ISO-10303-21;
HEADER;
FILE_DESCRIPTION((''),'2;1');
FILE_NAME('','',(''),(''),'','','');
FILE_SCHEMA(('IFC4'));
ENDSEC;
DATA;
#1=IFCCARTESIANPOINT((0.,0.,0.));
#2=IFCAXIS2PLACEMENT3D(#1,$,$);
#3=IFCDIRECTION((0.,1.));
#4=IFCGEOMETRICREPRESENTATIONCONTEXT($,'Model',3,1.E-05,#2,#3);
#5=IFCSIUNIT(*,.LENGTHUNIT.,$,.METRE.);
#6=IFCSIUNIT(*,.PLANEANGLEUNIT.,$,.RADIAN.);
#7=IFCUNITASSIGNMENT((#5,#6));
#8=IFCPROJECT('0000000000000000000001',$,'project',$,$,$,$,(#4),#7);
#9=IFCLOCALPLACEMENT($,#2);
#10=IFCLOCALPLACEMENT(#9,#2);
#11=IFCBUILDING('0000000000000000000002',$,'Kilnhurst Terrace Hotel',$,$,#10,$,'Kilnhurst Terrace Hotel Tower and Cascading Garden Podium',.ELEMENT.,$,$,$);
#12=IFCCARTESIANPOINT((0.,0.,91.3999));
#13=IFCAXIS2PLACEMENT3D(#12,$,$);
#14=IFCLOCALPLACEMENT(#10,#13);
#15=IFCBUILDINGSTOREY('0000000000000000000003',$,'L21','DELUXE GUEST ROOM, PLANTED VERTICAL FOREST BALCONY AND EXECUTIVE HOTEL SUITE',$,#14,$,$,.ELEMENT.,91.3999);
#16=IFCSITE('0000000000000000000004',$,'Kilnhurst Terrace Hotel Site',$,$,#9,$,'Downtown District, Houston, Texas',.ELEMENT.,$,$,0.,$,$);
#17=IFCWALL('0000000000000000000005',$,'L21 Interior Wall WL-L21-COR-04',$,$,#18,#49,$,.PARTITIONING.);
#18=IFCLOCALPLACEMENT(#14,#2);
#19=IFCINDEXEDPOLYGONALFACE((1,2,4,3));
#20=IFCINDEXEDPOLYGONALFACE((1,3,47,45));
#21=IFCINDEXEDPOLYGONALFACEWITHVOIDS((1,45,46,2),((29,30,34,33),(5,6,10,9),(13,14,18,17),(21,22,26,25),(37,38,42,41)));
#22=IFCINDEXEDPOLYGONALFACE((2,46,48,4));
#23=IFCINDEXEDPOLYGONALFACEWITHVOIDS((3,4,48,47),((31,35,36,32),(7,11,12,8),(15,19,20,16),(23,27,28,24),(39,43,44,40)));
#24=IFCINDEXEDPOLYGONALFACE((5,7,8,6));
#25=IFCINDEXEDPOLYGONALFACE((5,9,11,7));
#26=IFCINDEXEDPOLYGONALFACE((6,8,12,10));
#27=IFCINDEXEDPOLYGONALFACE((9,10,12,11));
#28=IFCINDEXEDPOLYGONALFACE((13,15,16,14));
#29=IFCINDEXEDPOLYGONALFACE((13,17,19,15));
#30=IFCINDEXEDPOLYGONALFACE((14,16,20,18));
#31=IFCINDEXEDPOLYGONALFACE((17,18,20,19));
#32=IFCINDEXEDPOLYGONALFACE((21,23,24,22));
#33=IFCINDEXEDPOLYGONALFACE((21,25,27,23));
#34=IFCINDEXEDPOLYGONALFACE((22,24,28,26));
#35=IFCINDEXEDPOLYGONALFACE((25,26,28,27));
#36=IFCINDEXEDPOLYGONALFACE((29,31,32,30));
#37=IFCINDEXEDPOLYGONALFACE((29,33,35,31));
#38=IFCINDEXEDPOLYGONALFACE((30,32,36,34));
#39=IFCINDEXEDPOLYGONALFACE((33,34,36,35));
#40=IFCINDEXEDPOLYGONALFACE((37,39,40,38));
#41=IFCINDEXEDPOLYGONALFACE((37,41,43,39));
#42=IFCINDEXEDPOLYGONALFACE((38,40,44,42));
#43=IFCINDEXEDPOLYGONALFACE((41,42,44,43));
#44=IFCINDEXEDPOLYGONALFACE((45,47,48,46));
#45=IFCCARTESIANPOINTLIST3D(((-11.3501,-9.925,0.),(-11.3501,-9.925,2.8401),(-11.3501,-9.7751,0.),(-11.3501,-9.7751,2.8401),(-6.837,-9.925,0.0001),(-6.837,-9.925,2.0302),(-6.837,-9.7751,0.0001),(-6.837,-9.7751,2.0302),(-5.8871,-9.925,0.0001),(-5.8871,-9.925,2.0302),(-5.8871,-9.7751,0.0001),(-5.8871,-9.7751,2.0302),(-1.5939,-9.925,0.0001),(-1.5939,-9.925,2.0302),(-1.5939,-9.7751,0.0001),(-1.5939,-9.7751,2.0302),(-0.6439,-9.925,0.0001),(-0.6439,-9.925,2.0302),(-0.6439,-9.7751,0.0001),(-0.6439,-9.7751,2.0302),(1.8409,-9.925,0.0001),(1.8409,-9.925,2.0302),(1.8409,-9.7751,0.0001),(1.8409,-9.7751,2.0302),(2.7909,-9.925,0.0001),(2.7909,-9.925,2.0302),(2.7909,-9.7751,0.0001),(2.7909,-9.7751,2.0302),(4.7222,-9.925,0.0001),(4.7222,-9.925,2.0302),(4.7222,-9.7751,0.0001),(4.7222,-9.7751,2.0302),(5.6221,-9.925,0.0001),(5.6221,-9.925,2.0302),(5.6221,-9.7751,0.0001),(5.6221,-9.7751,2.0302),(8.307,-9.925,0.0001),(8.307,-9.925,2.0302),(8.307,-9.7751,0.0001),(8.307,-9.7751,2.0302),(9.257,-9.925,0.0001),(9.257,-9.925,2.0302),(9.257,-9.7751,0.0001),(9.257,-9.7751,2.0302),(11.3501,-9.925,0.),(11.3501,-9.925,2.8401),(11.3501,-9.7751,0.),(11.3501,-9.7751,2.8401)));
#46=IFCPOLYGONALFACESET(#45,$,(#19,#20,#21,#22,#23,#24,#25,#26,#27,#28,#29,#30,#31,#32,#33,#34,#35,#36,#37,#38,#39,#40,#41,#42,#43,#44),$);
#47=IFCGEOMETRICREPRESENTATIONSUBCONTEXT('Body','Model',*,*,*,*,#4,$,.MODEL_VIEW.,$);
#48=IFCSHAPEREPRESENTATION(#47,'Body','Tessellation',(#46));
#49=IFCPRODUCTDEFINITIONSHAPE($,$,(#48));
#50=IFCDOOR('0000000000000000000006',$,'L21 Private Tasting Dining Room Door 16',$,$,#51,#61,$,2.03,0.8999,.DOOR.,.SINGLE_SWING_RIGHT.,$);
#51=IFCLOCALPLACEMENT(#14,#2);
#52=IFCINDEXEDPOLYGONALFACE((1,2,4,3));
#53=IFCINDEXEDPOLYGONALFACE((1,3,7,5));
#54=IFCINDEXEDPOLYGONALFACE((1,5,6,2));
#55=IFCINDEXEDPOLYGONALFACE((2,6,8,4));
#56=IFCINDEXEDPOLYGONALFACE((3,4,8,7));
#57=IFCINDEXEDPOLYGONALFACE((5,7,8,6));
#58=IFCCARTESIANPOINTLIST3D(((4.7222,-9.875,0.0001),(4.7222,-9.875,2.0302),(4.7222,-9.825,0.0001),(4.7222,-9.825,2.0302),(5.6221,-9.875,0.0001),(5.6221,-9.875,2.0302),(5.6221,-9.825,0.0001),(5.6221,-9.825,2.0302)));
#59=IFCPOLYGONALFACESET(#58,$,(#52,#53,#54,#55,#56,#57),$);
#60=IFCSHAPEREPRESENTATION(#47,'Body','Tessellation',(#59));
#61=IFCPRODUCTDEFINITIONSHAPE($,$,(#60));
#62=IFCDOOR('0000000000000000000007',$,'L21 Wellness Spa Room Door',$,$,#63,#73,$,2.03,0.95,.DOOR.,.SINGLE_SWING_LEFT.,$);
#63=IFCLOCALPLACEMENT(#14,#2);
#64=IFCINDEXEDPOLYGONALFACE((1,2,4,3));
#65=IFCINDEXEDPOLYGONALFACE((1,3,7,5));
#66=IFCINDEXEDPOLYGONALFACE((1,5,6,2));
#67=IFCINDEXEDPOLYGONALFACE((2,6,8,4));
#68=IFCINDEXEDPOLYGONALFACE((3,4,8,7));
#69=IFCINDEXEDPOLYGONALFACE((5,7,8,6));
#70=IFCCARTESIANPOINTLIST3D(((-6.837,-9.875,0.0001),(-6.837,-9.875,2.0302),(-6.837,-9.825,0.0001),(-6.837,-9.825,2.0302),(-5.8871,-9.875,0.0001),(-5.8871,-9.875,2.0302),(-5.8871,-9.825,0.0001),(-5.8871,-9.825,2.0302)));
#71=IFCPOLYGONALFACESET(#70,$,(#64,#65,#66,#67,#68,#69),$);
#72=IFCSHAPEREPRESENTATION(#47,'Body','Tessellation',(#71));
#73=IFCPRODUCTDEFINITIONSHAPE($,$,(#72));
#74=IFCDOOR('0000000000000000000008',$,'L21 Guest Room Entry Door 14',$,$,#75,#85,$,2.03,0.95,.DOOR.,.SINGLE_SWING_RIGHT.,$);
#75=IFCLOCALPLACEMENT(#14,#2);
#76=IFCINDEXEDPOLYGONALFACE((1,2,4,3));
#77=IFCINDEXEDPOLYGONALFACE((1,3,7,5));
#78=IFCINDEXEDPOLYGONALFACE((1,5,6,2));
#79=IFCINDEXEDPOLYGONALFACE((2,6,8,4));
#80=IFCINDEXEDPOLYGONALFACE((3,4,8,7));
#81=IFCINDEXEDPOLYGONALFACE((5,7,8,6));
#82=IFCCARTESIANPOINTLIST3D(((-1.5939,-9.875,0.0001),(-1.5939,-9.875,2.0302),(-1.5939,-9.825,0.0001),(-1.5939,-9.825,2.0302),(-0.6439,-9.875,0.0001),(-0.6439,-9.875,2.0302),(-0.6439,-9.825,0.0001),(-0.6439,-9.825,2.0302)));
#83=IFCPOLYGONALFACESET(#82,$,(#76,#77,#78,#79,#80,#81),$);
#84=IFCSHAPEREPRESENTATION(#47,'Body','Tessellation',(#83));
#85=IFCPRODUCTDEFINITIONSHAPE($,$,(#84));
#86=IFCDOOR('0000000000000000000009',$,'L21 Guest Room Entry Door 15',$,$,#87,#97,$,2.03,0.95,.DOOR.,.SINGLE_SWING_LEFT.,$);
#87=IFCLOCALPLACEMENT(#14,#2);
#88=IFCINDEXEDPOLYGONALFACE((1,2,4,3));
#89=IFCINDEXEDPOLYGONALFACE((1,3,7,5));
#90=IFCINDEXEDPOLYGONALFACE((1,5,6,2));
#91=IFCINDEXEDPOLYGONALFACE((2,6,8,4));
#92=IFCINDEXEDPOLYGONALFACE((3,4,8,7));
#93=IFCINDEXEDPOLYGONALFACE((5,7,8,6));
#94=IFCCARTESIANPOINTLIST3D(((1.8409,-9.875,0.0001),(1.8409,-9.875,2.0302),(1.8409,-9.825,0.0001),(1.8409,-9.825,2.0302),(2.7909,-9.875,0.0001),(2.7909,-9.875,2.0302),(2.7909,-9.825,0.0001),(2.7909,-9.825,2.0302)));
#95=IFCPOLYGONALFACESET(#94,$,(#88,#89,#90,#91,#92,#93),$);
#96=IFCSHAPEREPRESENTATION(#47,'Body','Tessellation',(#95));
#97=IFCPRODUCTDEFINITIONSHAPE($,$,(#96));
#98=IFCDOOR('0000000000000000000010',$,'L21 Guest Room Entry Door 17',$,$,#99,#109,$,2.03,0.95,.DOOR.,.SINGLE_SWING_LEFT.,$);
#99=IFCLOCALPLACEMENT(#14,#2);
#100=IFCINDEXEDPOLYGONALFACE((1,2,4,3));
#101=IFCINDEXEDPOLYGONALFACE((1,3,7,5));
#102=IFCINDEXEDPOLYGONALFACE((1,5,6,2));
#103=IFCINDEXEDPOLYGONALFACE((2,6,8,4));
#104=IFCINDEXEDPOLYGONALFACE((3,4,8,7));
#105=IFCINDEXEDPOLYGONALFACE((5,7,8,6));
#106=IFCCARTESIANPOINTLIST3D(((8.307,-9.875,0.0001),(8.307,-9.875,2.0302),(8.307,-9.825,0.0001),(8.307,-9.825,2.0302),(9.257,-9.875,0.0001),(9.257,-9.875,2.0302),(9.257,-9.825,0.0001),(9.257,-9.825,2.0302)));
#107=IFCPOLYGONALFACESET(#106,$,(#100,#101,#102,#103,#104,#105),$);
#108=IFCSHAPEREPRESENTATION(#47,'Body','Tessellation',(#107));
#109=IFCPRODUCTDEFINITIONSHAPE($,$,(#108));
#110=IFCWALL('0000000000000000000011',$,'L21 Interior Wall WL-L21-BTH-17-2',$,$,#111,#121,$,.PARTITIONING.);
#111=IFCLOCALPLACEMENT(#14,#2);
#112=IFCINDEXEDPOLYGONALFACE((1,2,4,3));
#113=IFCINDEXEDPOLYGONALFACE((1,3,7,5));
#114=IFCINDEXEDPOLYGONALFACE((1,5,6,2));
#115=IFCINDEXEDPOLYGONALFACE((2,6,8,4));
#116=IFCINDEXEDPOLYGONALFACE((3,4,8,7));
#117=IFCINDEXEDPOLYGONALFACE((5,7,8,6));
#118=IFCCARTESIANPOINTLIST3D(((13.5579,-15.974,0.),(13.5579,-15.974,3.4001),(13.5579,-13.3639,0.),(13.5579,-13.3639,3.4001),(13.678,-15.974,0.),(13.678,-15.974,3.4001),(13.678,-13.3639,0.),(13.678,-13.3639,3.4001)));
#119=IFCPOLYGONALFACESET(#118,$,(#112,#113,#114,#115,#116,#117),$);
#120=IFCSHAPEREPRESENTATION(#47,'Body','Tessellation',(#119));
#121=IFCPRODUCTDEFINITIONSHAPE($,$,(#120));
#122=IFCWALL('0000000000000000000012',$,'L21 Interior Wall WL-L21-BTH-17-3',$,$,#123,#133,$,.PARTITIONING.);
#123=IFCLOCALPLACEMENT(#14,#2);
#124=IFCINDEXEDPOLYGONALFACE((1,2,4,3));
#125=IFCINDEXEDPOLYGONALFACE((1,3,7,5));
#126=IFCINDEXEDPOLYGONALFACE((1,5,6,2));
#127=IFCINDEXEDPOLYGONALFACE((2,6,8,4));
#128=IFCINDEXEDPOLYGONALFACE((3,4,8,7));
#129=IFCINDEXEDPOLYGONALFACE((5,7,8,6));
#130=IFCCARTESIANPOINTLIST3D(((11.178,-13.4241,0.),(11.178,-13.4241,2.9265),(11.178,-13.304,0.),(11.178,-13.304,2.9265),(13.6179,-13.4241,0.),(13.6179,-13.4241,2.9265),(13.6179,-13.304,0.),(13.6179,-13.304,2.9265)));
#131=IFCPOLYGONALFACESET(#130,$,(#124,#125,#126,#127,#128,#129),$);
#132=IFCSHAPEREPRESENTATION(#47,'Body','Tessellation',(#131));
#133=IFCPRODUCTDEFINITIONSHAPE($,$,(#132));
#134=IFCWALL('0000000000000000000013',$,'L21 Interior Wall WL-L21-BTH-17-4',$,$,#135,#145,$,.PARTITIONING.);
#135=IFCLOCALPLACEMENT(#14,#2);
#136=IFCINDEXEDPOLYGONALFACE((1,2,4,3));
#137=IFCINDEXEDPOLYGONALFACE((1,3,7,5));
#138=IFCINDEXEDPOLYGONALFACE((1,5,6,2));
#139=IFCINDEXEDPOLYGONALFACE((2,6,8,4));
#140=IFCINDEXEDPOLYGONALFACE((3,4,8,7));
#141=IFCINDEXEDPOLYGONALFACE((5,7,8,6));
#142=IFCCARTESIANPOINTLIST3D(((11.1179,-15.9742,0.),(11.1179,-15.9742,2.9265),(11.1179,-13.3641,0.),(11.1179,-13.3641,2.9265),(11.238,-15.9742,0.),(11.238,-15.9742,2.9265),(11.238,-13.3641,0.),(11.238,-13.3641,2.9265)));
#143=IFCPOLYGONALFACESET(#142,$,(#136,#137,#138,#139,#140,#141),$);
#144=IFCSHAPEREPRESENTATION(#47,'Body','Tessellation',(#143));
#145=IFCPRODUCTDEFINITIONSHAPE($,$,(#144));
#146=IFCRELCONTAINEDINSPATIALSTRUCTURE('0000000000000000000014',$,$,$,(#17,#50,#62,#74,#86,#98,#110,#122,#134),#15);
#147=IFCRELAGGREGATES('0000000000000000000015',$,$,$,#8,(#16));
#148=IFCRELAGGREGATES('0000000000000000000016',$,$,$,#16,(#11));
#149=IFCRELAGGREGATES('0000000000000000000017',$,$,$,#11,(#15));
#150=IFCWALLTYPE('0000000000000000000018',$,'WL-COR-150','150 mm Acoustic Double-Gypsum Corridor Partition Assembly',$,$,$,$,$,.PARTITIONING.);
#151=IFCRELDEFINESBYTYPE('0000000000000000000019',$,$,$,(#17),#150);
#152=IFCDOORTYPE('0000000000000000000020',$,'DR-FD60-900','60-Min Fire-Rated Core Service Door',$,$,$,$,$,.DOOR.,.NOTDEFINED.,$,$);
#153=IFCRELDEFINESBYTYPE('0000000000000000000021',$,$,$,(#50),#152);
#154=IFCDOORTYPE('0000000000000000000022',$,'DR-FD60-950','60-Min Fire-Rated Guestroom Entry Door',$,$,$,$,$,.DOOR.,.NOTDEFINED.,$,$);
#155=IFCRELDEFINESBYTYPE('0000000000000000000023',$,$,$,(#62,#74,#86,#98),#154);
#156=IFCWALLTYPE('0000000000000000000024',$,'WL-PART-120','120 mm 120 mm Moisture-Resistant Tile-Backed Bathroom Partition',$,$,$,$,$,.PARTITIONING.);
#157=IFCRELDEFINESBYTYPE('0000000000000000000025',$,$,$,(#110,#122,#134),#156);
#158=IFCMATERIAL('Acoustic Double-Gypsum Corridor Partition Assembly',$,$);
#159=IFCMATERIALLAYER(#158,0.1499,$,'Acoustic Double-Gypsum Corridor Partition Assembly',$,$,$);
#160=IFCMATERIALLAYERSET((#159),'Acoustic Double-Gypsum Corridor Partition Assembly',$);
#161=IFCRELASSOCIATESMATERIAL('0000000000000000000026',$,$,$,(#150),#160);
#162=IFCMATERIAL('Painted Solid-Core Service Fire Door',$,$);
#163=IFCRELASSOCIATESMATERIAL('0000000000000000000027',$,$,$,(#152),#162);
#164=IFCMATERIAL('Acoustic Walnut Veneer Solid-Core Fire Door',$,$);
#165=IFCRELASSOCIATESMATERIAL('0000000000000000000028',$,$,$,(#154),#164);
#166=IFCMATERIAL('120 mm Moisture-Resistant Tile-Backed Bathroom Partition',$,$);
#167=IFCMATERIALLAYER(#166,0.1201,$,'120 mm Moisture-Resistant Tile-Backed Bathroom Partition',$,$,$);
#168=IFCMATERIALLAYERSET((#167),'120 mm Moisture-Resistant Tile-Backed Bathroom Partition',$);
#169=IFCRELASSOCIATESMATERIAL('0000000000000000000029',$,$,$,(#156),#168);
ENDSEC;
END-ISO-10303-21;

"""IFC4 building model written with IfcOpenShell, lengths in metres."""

from ifc_helpers import new_model, si_unit, direction, frame, frame_2d, origin, place, context, subcontext, project, spatial, rectangle, extrude, material, layer, layer_set, type_object, element, fill, save


model = new_model("IFC4")

# Units and contexts
model_context = context("Model", 3, precision=1e-05, world=origin(), true_north=direction((0.0, 1.0)))
body_context = subcontext(model_context, "Body", "Model", "MODEL_VIEW")
ifc_project = project(units=[si_unit("LENGTHUNIT", "METRE"), si_unit("PLANEANGLEUNIT", "RADIAN")], contexts=[model_context])

# Site, building, storey
site_placement = place(None, origin())
site = spatial("IfcSite", under=ifc_project, at=site_placement, Name="Kilnhurst Terrace Hotel Site", LongName="Downtown District, Houston, Texas", CompositionType="ELEMENT", RefElevation=0.0)
building_placement = place(site_placement, origin())
building = spatial("IfcBuilding", under=site, at=building_placement, Name="Kilnhurst Terrace Hotel", LongName="Kilnhurst Terrace Hotel Tower and Cascading Garden Podium", CompositionType="ELEMENT")
storey_placement = place(building_placement, frame((0.0, 0.0, 91.3999)))
storey = spatial("IfcBuildingStorey", under=building, at=storey_placement, Name="L21", Description="DELUXE GUEST ROOM, PLANTED VERTICAL FOREST BALCONY AND EXECUTIVE HOTEL SUITE", CompositionType="ELEMENT", Elevation=91.3999)

# Wall, openings, doors
ifc_material_1 = material(Name="Acoustic Double-Gypsum Corridor Partition Assembly")
ifc_layer_1 = layer(ifc_material_1, 0.1499, Name="Acoustic Double-Gypsum Corridor Partition Assembly")
ifc_layer_set_1 = layer_set([ifc_layer_1], Name="Acoustic Double-Gypsum Corridor Partition Assembly")
wall_type_1 = type_object("IfcWallType", Name="WL-COR-150", Description="150 mm Acoustic Double-Gypsum Corridor Partition Assembly", PredefinedType="PARTITIONING", material=ifc_layer_set_1)
wall_1_placement = place(storey_placement, frame((11.3501, -9.8501, 0.0), z_axis=(0.0, 0.0, 1.0), x_axis=(-1.0, 0.0, 0.0)))
wall_1 = element("IfcWall", 1, at=wall_1_placement, inside=storey, type_object=wall_type_1, Name="L21 Interior Wall WL-L21-COR-04", PredefinedType="PARTITIONING", context=body_context, shape_type="SweptSolid", body=[
    extrude(rectangle(XDim=22.7002, YDim=0.1499, at=frame_2d((11.3501, 0.0))), origin(), (0.0, 0.0, 1.0), 2.8401),
])
opening_1_placement = place(wall_1_placement, frame((17.2371, 0.0, 0.0)))
opening_1 = element("IfcOpeningElement", 2, at=opening_1_placement, cuts=wall_1, PredefinedType="OPENING", context=body_context, shape_type="SweptSolid", body=[
    extrude(rectangle(XDim=0.95, YDim=2.03, at=frame_2d((0.4751, 1.0151))), frame((0.0, 0.085, 0.0), z_axis=(0.0, -1.0, 0.0), x_axis=(1.0, 0.0, 0.0)), (0.0, 0.0, 1.0), 0.1699),
])
opening_2_placement = place(wall_1_placement, frame((11.9939, 0.0, 0.0)))
opening_2 = element("IfcOpeningElement", 3, at=opening_2_placement, cuts=wall_1, PredefinedType="OPENING", context=body_context, shape_type="SweptSolid", body=[
    extrude(rectangle(XDim=0.95, YDim=2.03, at=frame_2d((0.4751, 1.0151))), frame((0.0, 0.085, 0.0), z_axis=(0.0, -1.0, 0.0), x_axis=(1.0, 0.0, 0.0)), (0.0, 0.0, 1.0), 0.1699),
])
opening_3_placement = place(wall_1_placement, frame((8.5591, 0.0, 0.0)))
opening_3 = element("IfcOpeningElement", 4, at=opening_3_placement, cuts=wall_1, PredefinedType="OPENING", context=body_context, shape_type="SweptSolid", body=[
    extrude(rectangle(XDim=0.95, YDim=2.03, at=frame_2d((0.4751, 1.0151))), frame((0.0, 0.085, 0.0), z_axis=(0.0, -1.0, 0.0), x_axis=(1.0, 0.0, 0.0)), (0.0, 0.0, 1.0), 0.1699),
])
opening_4_placement = place(wall_1_placement, frame((5.728, 0.0, 0.0)))
opening_4 = element("IfcOpeningElement", 5, at=opening_4_placement, cuts=wall_1, PredefinedType="OPENING", context=body_context, shape_type="SweptSolid", body=[
    extrude(rectangle(XDim=0.8999, YDim=2.03, at=frame_2d((0.45, 1.0151))), frame((0.0, 0.085, 0.0), z_axis=(0.0, -1.0, 0.0), x_axis=(1.0, 0.0, 0.0)), (0.0, 0.0, 1.0), 0.1699),
])
opening_5_placement = place(wall_1_placement, frame((2.093, 0.0, 0.0)))
opening_5 = element("IfcOpeningElement", 6, at=opening_5_placement, cuts=wall_1, PredefinedType="OPENING", context=body_context, shape_type="SweptSolid", body=[
    extrude(rectangle(XDim=0.95, YDim=2.03, at=frame_2d((0.4751, 1.0151))), frame((0.0, 0.085, 0.0), z_axis=(0.0, -1.0, 0.0), x_axis=(1.0, 0.0, 0.0)), (0.0, 0.0, 1.0), 0.1699),
])
ifc_material_2 = material(Name="Painted Solid-Core Service Fire Door")
door_type_1 = type_object("IfcDoorType", Name="DR-FD60-900", Description="60-Min Fire-Rated Core Service Door", OperationType="NOTDEFINED", PredefinedType="DOOR", material=ifc_material_2)
door_1_placement = place(opening_4_placement, origin())
door_1 = element("IfcDoor", 7, at=door_1_placement, inside=storey, type_object=door_type_1, Name="L21 Private Tasting Dining Room Door 16", OperationType="SINGLE_SWING_RIGHT", OverallHeight=2.03, OverallWidth=0.8999, PredefinedType="DOOR", context=body_context, shape_type="SweptSolid", body=[
    extrude(rectangle(XDim=0.8999, YDim=2.03, at=frame_2d((0.45, 1.0151))), frame((0.0, 0.0249, 0.0), z_axis=(0.0, -1.0, 0.0), x_axis=(1.0, 0.0, 0.0)), (0.0, 0.0, 1.0), 0.05),
])
fill(opening_4, door_1)
ifc_material_3 = material(Name="Acoustic Walnut Veneer Solid-Core Fire Door")
door_type_2 = type_object("IfcDoorType", Name="DR-FD60-950", Description="60-Min Fire-Rated Guestroom Entry Door", OperationType="NOTDEFINED", PredefinedType="DOOR", material=ifc_material_3)
door_2_placement = place(opening_1_placement, origin())
door_2 = element("IfcDoor", 8, at=door_2_placement, inside=storey, type_object=door_type_2, Name="L21 Wellness Spa Room Door", OperationType="SINGLE_SWING_LEFT", OverallHeight=2.03, OverallWidth=0.95, PredefinedType="DOOR", context=body_context, shape_type="SweptSolid", body=[
    extrude(rectangle(XDim=0.95, YDim=2.03, at=frame_2d((0.4751, 1.0151))), frame((0.0, 0.0249, 0.0), z_axis=(0.0, -1.0, 0.0), x_axis=(1.0, 0.0, 0.0)), (0.0, 0.0, 1.0), 0.05),
])
fill(opening_1, door_2)
door_3_placement = place(opening_2_placement, origin())
door_3 = element("IfcDoor", 9, at=door_3_placement, inside=storey, type_object=door_type_2, Name="L21 Guest Room Entry Door 14", OperationType="SINGLE_SWING_RIGHT", OverallHeight=2.03, OverallWidth=0.95, PredefinedType="DOOR", context=body_context, shape_type="SweptSolid", body=[
    extrude(rectangle(XDim=0.95, YDim=2.03, at=frame_2d((0.4751, 1.0151))), frame((0.0, 0.0249, 0.0), z_axis=(0.0, -1.0, 0.0), x_axis=(1.0, 0.0, 0.0)), (0.0, 0.0, 1.0), 0.05),
])
fill(opening_2, door_3)
door_4_placement = place(opening_3_placement, origin())
door_4 = element("IfcDoor", 10, at=door_4_placement, inside=storey, type_object=door_type_2, Name="L21 Guest Room Entry Door 15", OperationType="SINGLE_SWING_LEFT", OverallHeight=2.03, OverallWidth=0.95, PredefinedType="DOOR", context=body_context, shape_type="SweptSolid", body=[
    extrude(rectangle(XDim=0.95, YDim=2.03, at=frame_2d((0.4751, 1.0151))), frame((0.0, 0.0249, 0.0), z_axis=(0.0, -1.0, 0.0), x_axis=(1.0, 0.0, 0.0)), (0.0, 0.0, 1.0), 0.05),
])
fill(opening_3, door_4)
door_5_placement = place(opening_5_placement, origin())
door_5 = element("IfcDoor", 11, at=door_5_placement, inside=storey, type_object=door_type_2, Name="L21 Guest Room Entry Door 17", OperationType="SINGLE_SWING_LEFT", OverallHeight=2.03, OverallWidth=0.95, PredefinedType="DOOR", context=body_context, shape_type="SweptSolid", body=[
    extrude(rectangle(XDim=0.95, YDim=2.03, at=frame_2d((0.4751, 1.0151))), frame((0.0, 0.0249, 0.0), z_axis=(0.0, -1.0, 0.0), x_axis=(1.0, 0.0, 0.0)), (0.0, 0.0, 1.0), 0.05),
])
fill(opening_5, door_5)

# Walls
ifc_material_4 = material(Name="120 mm Moisture-Resistant Tile-Backed Bathroom Partition")
ifc_layer_2 = layer(ifc_material_4, 0.1201, Name="120 mm Moisture-Resistant Tile-Backed Bathroom Partition")
ifc_layer_set_2 = layer_set([ifc_layer_2], Name="120 mm Moisture-Resistant Tile-Backed Bathroom Partition")
wall_type_2 = type_object("IfcWallType", Name="WL-PART-120", Description="120 mm 120 mm Moisture-Resistant Tile-Backed Bathroom Partition", PredefinedType="PARTITIONING", material=ifc_layer_set_2)
wall_2_placement = place(storey_placement, frame((13.6179, -15.9741, 0.0), z_axis=(0.0, 0.0, 1.0), x_axis=(0.0, 1.0, 0.0)))
element("IfcWall", 12, at=wall_2_placement, inside=storey, type_object=wall_type_2, Name="L21 Interior Wall WL-L21-BTH-17-2", PredefinedType="PARTITIONING", context=body_context, shape_type="SweptSolid", body=[
    extrude(rectangle(XDim=2.6101, YDim=0.1201, at=frame_2d((1.3052, 0.0))), origin(), (0.0, 0.0, 1.0), 3.4001),
])
wall_3_placement = place(storey_placement, frame((13.6179, -13.364, 0.0), z_axis=(0.0, 0.0, 1.0), x_axis=(-1.0, 0.0, 0.0)))
element("IfcWall", 13, at=wall_3_placement, inside=storey, type_object=wall_type_2, Name="L21 Interior Wall WL-L21-BTH-17-3", PredefinedType="PARTITIONING", context=body_context, shape_type="SweptSolid", body=[
    extrude(rectangle(XDim=2.4399, YDim=0.1201, at=frame_2d((1.22, 0.0))), origin(), (0.0, 0.0, 1.0), 2.9265),
])
wall_4_placement = place(storey_placement, frame((11.178, -13.364, 0.0), z_axis=(0.0, 0.0, 1.0), x_axis=(0.0, -1.0, 0.0)))
element("IfcWall", 14, at=wall_4_placement, inside=storey, type_object=wall_type_2, Name="L21 Interior Wall WL-L21-BTH-17-4", PredefinedType="PARTITIONING", context=body_context, shape_type="SweptSolid", body=[
    extrude(rectangle(XDim=2.6101, YDim=0.1201, at=frame_2d((1.3052, 0.0))), origin(), (0.0, 0.0, 1.0), 2.9265),
])

save(model, "model.ifc")
